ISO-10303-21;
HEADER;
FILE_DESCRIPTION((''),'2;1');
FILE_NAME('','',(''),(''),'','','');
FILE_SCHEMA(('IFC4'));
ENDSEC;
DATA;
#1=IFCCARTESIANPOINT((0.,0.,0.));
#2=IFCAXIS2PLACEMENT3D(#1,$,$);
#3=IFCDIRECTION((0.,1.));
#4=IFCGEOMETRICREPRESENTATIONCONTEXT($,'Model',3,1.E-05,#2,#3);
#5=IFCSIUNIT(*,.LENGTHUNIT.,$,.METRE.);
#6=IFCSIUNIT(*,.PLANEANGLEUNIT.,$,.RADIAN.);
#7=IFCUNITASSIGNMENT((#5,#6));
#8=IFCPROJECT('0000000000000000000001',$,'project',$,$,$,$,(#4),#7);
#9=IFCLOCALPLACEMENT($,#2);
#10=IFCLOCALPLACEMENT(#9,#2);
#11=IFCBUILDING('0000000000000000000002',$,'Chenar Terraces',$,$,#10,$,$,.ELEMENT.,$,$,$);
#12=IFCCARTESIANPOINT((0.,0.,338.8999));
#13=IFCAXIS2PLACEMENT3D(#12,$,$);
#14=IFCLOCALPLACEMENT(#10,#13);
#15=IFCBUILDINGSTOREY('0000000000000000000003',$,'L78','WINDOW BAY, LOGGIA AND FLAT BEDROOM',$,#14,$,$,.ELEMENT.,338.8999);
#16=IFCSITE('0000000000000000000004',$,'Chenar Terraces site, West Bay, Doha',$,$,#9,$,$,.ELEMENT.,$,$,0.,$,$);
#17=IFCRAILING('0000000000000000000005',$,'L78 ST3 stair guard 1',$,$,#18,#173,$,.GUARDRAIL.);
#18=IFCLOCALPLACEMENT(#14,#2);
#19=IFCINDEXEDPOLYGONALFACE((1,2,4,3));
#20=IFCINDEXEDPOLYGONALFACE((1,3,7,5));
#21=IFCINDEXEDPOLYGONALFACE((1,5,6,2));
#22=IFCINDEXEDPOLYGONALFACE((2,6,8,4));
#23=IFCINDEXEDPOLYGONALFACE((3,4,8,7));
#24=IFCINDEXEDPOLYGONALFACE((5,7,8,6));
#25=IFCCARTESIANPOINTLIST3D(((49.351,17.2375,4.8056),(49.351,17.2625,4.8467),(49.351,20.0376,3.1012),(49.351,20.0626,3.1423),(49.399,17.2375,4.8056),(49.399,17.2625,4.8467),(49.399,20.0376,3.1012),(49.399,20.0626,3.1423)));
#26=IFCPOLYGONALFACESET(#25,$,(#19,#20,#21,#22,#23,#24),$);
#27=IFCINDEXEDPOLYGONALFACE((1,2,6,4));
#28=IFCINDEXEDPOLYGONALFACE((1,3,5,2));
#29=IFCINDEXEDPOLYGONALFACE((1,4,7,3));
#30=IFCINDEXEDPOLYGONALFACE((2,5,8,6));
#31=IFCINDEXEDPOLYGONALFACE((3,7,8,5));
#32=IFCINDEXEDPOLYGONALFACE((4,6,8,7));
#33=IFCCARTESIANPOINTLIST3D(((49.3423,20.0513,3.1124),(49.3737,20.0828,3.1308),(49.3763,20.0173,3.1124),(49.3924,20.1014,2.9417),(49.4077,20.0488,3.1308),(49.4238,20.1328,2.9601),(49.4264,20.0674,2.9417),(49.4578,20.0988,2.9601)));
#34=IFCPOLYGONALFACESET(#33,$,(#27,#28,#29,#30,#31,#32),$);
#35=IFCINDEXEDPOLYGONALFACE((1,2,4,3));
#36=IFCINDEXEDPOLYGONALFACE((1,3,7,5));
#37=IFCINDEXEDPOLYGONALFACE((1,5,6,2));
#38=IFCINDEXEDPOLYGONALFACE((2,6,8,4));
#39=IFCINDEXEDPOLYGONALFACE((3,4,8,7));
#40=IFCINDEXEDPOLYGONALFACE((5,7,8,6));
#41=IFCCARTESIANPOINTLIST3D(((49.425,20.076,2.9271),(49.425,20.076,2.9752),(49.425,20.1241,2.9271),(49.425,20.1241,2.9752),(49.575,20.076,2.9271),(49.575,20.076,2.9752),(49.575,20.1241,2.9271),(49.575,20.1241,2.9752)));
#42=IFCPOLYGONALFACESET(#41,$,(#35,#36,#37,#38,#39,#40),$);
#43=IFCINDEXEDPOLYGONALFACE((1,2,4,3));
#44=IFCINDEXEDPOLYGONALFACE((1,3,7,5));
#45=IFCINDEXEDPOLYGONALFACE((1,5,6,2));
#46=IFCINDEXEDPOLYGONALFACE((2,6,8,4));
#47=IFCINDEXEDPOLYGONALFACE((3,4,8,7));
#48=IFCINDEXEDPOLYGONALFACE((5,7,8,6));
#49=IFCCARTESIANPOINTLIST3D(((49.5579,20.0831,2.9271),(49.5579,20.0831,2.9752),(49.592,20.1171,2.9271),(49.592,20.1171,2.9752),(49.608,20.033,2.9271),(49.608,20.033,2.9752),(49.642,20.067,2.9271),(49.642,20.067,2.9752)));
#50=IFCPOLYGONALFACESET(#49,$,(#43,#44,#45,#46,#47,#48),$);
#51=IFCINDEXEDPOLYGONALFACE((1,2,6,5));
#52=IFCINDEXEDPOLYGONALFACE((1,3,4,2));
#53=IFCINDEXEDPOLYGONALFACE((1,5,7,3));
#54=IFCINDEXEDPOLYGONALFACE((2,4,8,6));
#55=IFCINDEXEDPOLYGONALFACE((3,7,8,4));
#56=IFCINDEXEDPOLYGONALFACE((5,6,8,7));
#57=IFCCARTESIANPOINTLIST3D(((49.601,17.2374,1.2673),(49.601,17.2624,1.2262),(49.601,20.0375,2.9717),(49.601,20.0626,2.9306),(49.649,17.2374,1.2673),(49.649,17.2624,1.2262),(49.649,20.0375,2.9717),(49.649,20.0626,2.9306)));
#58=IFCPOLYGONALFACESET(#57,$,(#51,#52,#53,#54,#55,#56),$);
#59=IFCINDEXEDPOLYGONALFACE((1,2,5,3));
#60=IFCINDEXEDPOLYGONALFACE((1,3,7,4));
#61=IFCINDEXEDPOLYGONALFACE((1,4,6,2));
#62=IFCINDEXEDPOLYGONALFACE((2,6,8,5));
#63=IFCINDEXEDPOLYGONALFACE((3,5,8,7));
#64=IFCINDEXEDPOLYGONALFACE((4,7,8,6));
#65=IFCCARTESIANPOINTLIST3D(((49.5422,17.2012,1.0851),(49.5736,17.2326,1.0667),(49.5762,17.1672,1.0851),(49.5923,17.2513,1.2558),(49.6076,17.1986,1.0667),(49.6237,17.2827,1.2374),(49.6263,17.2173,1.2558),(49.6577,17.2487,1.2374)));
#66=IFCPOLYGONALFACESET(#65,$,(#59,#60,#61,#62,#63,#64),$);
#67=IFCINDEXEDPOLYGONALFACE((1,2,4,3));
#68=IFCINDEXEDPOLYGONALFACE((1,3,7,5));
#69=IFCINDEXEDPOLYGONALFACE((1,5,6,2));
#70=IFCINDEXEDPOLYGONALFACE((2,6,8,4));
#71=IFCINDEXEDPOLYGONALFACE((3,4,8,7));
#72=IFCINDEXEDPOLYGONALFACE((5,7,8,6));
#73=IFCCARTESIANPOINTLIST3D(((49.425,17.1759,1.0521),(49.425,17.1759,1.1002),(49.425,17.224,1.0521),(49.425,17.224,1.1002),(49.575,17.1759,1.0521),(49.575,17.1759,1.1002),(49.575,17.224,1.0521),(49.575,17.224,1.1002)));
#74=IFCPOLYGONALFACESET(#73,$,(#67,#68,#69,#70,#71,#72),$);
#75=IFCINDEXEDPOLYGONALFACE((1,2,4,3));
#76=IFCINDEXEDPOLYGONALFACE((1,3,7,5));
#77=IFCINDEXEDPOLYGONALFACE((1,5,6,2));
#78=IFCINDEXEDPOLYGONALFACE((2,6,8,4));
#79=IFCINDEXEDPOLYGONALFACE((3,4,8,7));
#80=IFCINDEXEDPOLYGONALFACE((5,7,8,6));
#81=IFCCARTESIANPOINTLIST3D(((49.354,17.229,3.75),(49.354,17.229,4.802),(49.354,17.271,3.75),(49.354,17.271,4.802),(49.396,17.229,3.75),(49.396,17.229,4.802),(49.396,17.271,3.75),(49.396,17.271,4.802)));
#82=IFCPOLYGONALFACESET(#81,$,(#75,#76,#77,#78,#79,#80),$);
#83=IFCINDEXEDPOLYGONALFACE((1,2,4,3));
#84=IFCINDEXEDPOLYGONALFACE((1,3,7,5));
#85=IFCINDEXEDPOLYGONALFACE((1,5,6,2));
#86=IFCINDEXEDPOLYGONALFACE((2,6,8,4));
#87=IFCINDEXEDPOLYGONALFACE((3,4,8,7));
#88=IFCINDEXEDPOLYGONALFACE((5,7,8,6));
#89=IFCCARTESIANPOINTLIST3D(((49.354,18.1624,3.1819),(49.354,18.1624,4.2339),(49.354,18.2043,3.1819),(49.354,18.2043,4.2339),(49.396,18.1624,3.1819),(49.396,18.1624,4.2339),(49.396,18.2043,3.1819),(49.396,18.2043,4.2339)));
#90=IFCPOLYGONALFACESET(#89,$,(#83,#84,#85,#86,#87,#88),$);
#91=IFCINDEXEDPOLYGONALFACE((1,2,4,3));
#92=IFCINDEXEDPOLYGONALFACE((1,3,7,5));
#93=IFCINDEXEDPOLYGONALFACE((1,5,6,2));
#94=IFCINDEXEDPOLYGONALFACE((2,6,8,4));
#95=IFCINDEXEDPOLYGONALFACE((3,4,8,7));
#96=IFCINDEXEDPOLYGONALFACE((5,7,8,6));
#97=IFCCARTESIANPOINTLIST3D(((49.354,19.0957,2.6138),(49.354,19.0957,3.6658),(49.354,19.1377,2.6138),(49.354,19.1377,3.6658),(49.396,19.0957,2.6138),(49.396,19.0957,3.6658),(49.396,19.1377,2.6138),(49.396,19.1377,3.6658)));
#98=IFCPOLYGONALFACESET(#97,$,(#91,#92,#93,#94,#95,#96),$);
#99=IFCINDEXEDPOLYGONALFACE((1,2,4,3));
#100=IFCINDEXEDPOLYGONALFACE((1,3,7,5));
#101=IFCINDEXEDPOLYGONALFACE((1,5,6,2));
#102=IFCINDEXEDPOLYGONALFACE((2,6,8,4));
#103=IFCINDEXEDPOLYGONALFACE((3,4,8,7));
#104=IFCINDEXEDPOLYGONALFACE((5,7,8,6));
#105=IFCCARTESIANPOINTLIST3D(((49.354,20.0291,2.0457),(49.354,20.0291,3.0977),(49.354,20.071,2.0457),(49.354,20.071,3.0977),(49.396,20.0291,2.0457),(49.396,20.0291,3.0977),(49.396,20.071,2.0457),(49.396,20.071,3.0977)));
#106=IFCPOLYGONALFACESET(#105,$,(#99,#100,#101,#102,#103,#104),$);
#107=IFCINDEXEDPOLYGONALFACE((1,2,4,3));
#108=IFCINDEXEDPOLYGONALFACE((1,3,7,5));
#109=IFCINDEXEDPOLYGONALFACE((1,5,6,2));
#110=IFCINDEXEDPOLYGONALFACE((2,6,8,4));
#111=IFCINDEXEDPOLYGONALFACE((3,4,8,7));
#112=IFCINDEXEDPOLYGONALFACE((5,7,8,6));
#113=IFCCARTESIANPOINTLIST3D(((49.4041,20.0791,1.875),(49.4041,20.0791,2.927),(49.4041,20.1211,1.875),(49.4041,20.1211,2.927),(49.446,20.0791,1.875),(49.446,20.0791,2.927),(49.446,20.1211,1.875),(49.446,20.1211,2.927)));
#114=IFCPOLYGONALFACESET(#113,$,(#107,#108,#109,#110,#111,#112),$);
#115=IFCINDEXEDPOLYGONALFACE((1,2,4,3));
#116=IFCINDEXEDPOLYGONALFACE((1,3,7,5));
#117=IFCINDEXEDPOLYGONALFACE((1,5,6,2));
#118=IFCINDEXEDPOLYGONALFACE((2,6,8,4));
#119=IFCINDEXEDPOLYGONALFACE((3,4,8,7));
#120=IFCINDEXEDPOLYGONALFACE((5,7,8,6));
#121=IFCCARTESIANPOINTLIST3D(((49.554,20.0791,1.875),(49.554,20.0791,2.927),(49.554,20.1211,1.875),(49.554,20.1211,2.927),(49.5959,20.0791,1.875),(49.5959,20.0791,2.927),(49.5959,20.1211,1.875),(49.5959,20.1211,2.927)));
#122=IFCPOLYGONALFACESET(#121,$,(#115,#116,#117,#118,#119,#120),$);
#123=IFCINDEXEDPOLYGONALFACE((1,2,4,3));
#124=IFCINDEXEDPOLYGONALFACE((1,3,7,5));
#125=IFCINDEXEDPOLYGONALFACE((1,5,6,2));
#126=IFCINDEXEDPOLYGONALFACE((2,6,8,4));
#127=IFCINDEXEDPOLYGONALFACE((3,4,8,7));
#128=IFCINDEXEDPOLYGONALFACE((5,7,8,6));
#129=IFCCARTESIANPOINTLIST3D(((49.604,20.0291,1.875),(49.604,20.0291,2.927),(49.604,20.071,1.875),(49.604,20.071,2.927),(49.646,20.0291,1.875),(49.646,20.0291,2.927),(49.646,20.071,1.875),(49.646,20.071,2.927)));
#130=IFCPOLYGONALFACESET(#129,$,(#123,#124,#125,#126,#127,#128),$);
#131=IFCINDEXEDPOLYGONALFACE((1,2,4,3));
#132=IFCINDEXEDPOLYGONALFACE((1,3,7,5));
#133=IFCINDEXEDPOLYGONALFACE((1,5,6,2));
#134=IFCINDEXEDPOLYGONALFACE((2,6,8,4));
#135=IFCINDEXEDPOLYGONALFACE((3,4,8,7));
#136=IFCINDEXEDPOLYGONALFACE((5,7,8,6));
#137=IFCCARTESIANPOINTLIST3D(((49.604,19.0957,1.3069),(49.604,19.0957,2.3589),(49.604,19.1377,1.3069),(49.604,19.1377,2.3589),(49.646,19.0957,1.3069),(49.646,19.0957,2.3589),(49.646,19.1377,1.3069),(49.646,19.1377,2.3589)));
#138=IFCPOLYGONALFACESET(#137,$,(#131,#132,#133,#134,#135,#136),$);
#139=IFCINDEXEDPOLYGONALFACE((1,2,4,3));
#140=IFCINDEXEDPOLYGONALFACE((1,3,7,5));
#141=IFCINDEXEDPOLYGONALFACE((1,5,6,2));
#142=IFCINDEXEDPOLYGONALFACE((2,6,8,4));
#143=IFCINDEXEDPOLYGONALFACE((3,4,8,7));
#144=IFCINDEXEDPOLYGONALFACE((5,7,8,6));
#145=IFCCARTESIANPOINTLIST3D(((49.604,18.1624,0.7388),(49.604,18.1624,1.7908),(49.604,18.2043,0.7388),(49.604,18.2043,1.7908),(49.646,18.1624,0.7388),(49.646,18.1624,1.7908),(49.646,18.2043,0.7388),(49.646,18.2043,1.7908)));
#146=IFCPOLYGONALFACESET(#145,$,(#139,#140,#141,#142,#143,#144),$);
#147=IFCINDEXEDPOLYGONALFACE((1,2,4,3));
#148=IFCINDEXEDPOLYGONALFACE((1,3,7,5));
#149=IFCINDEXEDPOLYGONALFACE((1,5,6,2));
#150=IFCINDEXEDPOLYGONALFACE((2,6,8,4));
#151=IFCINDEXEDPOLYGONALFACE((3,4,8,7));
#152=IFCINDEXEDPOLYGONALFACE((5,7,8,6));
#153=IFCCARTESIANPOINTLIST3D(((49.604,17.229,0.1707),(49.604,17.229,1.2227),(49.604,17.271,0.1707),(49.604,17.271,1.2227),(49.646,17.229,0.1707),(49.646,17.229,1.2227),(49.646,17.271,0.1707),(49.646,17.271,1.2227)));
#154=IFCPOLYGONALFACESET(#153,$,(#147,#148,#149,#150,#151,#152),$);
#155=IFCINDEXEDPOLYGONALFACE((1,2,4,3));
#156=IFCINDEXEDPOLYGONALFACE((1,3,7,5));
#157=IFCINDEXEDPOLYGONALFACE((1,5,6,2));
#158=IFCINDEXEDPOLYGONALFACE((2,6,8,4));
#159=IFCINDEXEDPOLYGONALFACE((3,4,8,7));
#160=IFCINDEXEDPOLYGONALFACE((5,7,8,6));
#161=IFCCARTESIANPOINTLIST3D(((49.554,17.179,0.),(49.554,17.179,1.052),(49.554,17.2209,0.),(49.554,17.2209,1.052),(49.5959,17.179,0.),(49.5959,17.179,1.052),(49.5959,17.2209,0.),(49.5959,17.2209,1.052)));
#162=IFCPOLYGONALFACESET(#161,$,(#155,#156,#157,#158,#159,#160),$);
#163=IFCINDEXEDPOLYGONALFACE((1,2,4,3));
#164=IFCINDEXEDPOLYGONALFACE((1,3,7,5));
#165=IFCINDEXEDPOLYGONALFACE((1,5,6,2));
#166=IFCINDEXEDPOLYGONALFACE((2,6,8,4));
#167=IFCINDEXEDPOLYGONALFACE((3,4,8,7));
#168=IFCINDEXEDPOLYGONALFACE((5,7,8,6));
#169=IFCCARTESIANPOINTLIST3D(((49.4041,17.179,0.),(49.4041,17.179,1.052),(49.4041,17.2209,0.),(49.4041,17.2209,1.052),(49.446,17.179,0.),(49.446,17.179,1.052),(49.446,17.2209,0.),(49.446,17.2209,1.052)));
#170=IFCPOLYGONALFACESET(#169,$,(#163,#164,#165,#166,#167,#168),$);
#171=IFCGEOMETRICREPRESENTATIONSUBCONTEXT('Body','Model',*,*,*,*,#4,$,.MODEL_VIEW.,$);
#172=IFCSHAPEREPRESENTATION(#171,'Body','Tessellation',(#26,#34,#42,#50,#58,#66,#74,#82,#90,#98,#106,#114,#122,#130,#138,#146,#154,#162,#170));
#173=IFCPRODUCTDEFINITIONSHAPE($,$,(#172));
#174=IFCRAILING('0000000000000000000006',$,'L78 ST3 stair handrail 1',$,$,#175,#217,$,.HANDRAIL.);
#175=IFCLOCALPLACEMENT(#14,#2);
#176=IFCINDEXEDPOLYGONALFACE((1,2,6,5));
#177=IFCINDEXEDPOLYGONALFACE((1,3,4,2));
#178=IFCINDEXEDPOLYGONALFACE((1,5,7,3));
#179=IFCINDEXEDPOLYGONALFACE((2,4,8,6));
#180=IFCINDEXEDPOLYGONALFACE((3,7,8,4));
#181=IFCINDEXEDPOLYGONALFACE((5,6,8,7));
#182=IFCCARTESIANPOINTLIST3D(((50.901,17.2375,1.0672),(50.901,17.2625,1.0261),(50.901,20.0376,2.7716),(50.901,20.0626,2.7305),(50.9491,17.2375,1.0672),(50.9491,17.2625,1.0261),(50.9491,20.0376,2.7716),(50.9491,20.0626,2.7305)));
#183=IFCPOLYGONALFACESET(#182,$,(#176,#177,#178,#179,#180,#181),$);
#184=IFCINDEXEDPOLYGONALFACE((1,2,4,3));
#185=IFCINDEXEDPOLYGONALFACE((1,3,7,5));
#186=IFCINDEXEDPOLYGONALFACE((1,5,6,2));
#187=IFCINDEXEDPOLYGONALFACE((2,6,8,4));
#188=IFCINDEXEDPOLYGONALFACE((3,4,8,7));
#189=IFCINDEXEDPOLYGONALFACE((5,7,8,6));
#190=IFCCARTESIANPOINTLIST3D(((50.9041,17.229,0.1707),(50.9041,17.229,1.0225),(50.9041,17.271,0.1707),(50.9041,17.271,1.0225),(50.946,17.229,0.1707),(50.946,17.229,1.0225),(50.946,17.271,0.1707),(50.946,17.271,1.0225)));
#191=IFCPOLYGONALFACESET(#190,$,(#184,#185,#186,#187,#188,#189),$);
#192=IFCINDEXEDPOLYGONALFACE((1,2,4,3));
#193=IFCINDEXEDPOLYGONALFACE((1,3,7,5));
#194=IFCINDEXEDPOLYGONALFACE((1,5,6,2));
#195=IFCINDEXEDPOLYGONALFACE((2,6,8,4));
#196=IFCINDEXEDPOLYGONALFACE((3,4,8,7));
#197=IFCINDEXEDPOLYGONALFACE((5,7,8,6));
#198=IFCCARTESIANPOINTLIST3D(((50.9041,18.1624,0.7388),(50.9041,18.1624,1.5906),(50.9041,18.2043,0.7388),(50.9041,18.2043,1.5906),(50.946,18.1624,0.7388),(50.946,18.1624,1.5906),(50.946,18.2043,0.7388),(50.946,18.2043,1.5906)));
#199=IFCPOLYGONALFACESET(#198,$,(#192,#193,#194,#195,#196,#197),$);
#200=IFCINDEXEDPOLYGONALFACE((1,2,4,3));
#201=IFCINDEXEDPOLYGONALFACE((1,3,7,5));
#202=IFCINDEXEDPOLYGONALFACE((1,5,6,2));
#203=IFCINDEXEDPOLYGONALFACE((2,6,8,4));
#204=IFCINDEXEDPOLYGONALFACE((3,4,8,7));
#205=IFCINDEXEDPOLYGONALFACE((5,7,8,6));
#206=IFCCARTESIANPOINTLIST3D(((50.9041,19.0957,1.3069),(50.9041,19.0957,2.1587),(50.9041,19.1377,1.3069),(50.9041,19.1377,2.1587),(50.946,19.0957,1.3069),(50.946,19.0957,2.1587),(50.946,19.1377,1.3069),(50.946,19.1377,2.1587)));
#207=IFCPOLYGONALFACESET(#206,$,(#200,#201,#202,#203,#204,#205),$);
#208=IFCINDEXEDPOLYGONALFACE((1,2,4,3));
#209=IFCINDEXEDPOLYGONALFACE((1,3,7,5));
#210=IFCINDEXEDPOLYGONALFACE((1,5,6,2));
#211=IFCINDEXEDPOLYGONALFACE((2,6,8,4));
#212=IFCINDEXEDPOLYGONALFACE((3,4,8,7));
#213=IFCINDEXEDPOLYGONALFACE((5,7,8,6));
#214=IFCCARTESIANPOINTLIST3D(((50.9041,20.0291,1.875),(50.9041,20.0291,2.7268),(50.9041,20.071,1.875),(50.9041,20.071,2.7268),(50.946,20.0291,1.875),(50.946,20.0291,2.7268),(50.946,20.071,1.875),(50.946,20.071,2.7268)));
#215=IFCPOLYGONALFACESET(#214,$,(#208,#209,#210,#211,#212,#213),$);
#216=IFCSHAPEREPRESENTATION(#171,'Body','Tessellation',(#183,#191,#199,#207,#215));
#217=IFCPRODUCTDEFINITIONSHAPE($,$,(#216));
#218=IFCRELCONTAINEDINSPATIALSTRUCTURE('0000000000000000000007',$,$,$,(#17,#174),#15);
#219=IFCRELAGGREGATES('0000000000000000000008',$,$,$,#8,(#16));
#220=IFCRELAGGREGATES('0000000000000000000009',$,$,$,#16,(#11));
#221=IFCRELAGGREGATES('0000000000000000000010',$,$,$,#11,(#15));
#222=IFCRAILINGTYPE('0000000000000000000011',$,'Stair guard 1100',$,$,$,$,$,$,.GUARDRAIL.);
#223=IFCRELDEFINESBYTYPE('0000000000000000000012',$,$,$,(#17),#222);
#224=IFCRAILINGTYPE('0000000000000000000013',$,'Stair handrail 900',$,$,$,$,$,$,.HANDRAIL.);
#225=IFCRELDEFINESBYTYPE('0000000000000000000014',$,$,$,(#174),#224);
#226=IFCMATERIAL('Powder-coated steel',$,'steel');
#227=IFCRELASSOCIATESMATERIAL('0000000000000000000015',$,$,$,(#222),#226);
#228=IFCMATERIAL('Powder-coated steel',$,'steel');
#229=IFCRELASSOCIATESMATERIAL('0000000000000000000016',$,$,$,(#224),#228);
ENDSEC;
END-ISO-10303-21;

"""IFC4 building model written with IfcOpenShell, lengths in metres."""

from ifc_helpers import new_model, si_unit, direction, frame, origin, origin_2d, place, context, subcontext, project, spatial, rectangle, extrude, material, type_object, element, save


model = new_model("IFC4")

# Units and contexts
model_context = context("Model", 3, precision=1e-05, world=origin(), true_north=direction((0.0, 1.0)))
body_context = subcontext(model_context, "Body", "Model", "MODEL_VIEW")
ifc_project = project(units=[si_unit("LENGTHUNIT", "METRE"), si_unit("PLANEANGLEUNIT", "RADIAN")], contexts=[model_context])

# Site, building, storey
site_placement = place(None, origin())
site = spatial("IfcSite", under=ifc_project, at=site_placement, Name="Chenar Terraces site, West Bay, Doha", CompositionType="ELEMENT", RefElevation=0.0)
building_placement = place(site_placement, origin())
building = spatial("IfcBuilding", under=site, at=building_placement, Name="Chenar Terraces", CompositionType="ELEMENT")
storey_placement = place(building_placement, frame((0.0, 0.0, 338.8999)))
storey = spatial("IfcBuildingStorey", under=building, at=storey_placement, Name="L78", Description="WINDOW BAY, LOGGIA AND FLAT BEDROOM", CompositionType="ELEMENT", Elevation=338.8999)

# Railings
ifc_material_1 = material(Name="Powder-coated steel", Category="steel")
railing_type_1 = type_object("IfcRailingType", Name="Stair guard 1100", PredefinedType="GUARDRAIL", material=ifc_material_1)
railing_1_placement = place(storey_placement, frame((49.375, 17.25, 3.75)))
element("IfcRailing", 1, at=railing_1_placement, inside=storey, type_object=railing_type_1, Name="L78 ST3 stair guard 1", PredefinedType="GUARDRAIL", context=body_context, shape_type="SweptSolid", body=[
    extrude(rectangle(XDim=0.0481, YDim=0.0481, at=origin_2d()), frame((0.0, 0.0, 1.0762), z_axis=(0.0, 0.854203, -0.51994), x_axis=(-1.0, 0.0, 0.0)), (0.0, 0.0, 1.0), 3.2781),
    extrude(rectangle(XDim=0.0481, YDim=0.0481, at=origin_2d()), frame((0.0, 2.8, -0.6284), z_axis=(0.2709, 0.2709, -0.923703), x_axis=(-0.707107, 0.707107, 0.0)), (0.0, 0.0, 1.0), 0.1848),
    extrude(rectangle(XDim=0.0481, YDim=0.0481, at=origin_2d()), frame((0.05, 2.8501, -0.7988), z_axis=(1.0, 0.0, 0.0), x_axis=(0.0, 1.0, 0.0)), (0.0, 0.0, 1.0), 0.1499),
    extrude(rectangle(XDim=0.0481, YDim=0.0481, at=origin_2d()), frame((0.2, 2.8501, -0.7988), z_axis=(0.707107, -0.707107, 0.0), x_axis=(0.707107, 0.707107, 0.0)), (0.0, 0.0, 1.0), 0.0708),
    extrude(rectangle(XDim=0.0481, YDim=0.0481, at=origin_2d()), frame((0.25, 2.8, -0.7988), z_axis=(0.0, -0.854203, -0.51994), x_axis=(1.0, 0.0, 0.0)), (0.0, 0.0, 1.0), 3.2781),
    extrude(rectangle(XDim=0.0481, YDim=0.0481, at=origin_2d()), frame((0.25, 0.0, -2.5034), z_axis=(-0.2709, -0.2709, -0.923703), x_axis=(0.707107, -0.707107, 0.0)), (0.0, 0.0, 1.0), 0.1848),
    extrude(rectangle(XDim=0.0481, YDim=0.0481, at=origin_2d()), frame((0.2, -0.05, -2.6738), z_axis=(-1.0, 0.0, 0.0), x_axis=(0.0, -1.0, 0.0)), (0.0, 0.0, 1.0), 0.1499),
    extrude(rectangle(XDim=0.042, YDim=0.042, at=origin_2d()), origin(), (0.0, 0.0, 1.0), 1.052),
    extrude(rectangle(XDim=0.042, YDim=0.042, at=origin_2d()), frame((0.0, 0.9333, -0.5681)), (0.0, 0.0, 1.0), 1.052),
    extrude(rectangle(XDim=0.042, YDim=0.042, at=origin_2d()), frame((0.0, 1.8667, -1.1362)), (0.0, 0.0, 1.0), 1.052),
    extrude(rectangle(XDim=0.042, YDim=0.042, at=origin_2d()), frame((0.0, 2.8, -1.7043)), (0.0, 0.0, 1.0), 1.052),
    extrude(rectangle(XDim=0.042, YDim=0.042, at=origin_2d()), frame((0.05, 2.8501, -1.875)), (0.0, 0.0, 1.0), 1.052),
    extrude(rectangle(XDim=0.042, YDim=0.042, at=origin_2d()), frame((0.2, 2.8501, -1.875)), (0.0, 0.0, 1.0), 1.052),
    extrude(rectangle(XDim=0.042, YDim=0.042, at=origin_2d()), frame((0.25, 2.8, -1.875)), (0.0, 0.0, 1.0), 1.052),
    extrude(rectangle(XDim=0.042, YDim=0.042, at=origin_2d()), frame((0.25, 1.8667, -2.4431)), (0.0, 0.0, 1.0), 1.052),
    extrude(rectangle(XDim=0.042, YDim=0.042, at=origin_2d()), frame((0.25, 0.9333, -3.0112)), (0.0, 0.0, 1.0), 1.052),
    extrude(rectangle(XDim=0.042, YDim=0.042, at=origin_2d()), frame((0.25, 0.0, -3.5793)), (0.0, 0.0, 1.0), 1.052),
    extrude(rectangle(XDim=0.042, YDim=0.042, at=origin_2d()), frame((0.2, -0.05, -3.75)), (0.0, 0.0, 1.0), 1.052),
    extrude(rectangle(XDim=0.042, YDim=0.042, at=origin_2d()), frame((0.05, -0.05, -3.75)), (0.0, 0.0, 1.0), 1.052),
])
ifc_material_2 = material(Name="Powder-coated steel", Category="steel")
railing_type_2 = type_object("IfcRailingType", Name="Stair handrail 900", PredefinedType="HANDRAIL", material=ifc_material_2)
railing_2_placement = place(storey_placement, frame((50.925, 17.25, 0.1707)))
element("IfcRailing", 2, at=railing_2_placement, inside=storey, type_object=railing_type_2, Name="L78 ST3 stair handrail 1", PredefinedType="HANDRAIL", context=body_context, shape_type="SweptSolid", body=[
    extrude(rectangle(XDim=0.0481, YDim=0.0481, at=origin_2d()), frame((0.0, 0.0, 0.876), z_axis=(0.0, 0.854203, 0.51994), x_axis=(-1.0, 0.0, 0.0)), (0.0, 0.0, 1.0), 3.2781),
    extrude(rectangle(XDim=0.042, YDim=0.042, at=origin_2d()), origin(), (0.0, 0.0, 1.0), 0.8518),
    extrude(rectangle(XDim=0.042, YDim=0.042, at=origin_2d()), frame((0.0, 0.9333, 0.5681)), (0.0, 0.0, 1.0), 0.8518),
    extrude(rectangle(XDim=0.042, YDim=0.042, at=origin_2d()), frame((0.0, 1.8667, 1.1362)), (0.0, 0.0, 1.0), 0.8518),
    extrude(rectangle(XDim=0.042, YDim=0.042, at=origin_2d()), frame((0.0, 2.8, 1.7043)), (0.0, 0.0, 1.0), 0.8518),
])

save(model, "model.ifc")
